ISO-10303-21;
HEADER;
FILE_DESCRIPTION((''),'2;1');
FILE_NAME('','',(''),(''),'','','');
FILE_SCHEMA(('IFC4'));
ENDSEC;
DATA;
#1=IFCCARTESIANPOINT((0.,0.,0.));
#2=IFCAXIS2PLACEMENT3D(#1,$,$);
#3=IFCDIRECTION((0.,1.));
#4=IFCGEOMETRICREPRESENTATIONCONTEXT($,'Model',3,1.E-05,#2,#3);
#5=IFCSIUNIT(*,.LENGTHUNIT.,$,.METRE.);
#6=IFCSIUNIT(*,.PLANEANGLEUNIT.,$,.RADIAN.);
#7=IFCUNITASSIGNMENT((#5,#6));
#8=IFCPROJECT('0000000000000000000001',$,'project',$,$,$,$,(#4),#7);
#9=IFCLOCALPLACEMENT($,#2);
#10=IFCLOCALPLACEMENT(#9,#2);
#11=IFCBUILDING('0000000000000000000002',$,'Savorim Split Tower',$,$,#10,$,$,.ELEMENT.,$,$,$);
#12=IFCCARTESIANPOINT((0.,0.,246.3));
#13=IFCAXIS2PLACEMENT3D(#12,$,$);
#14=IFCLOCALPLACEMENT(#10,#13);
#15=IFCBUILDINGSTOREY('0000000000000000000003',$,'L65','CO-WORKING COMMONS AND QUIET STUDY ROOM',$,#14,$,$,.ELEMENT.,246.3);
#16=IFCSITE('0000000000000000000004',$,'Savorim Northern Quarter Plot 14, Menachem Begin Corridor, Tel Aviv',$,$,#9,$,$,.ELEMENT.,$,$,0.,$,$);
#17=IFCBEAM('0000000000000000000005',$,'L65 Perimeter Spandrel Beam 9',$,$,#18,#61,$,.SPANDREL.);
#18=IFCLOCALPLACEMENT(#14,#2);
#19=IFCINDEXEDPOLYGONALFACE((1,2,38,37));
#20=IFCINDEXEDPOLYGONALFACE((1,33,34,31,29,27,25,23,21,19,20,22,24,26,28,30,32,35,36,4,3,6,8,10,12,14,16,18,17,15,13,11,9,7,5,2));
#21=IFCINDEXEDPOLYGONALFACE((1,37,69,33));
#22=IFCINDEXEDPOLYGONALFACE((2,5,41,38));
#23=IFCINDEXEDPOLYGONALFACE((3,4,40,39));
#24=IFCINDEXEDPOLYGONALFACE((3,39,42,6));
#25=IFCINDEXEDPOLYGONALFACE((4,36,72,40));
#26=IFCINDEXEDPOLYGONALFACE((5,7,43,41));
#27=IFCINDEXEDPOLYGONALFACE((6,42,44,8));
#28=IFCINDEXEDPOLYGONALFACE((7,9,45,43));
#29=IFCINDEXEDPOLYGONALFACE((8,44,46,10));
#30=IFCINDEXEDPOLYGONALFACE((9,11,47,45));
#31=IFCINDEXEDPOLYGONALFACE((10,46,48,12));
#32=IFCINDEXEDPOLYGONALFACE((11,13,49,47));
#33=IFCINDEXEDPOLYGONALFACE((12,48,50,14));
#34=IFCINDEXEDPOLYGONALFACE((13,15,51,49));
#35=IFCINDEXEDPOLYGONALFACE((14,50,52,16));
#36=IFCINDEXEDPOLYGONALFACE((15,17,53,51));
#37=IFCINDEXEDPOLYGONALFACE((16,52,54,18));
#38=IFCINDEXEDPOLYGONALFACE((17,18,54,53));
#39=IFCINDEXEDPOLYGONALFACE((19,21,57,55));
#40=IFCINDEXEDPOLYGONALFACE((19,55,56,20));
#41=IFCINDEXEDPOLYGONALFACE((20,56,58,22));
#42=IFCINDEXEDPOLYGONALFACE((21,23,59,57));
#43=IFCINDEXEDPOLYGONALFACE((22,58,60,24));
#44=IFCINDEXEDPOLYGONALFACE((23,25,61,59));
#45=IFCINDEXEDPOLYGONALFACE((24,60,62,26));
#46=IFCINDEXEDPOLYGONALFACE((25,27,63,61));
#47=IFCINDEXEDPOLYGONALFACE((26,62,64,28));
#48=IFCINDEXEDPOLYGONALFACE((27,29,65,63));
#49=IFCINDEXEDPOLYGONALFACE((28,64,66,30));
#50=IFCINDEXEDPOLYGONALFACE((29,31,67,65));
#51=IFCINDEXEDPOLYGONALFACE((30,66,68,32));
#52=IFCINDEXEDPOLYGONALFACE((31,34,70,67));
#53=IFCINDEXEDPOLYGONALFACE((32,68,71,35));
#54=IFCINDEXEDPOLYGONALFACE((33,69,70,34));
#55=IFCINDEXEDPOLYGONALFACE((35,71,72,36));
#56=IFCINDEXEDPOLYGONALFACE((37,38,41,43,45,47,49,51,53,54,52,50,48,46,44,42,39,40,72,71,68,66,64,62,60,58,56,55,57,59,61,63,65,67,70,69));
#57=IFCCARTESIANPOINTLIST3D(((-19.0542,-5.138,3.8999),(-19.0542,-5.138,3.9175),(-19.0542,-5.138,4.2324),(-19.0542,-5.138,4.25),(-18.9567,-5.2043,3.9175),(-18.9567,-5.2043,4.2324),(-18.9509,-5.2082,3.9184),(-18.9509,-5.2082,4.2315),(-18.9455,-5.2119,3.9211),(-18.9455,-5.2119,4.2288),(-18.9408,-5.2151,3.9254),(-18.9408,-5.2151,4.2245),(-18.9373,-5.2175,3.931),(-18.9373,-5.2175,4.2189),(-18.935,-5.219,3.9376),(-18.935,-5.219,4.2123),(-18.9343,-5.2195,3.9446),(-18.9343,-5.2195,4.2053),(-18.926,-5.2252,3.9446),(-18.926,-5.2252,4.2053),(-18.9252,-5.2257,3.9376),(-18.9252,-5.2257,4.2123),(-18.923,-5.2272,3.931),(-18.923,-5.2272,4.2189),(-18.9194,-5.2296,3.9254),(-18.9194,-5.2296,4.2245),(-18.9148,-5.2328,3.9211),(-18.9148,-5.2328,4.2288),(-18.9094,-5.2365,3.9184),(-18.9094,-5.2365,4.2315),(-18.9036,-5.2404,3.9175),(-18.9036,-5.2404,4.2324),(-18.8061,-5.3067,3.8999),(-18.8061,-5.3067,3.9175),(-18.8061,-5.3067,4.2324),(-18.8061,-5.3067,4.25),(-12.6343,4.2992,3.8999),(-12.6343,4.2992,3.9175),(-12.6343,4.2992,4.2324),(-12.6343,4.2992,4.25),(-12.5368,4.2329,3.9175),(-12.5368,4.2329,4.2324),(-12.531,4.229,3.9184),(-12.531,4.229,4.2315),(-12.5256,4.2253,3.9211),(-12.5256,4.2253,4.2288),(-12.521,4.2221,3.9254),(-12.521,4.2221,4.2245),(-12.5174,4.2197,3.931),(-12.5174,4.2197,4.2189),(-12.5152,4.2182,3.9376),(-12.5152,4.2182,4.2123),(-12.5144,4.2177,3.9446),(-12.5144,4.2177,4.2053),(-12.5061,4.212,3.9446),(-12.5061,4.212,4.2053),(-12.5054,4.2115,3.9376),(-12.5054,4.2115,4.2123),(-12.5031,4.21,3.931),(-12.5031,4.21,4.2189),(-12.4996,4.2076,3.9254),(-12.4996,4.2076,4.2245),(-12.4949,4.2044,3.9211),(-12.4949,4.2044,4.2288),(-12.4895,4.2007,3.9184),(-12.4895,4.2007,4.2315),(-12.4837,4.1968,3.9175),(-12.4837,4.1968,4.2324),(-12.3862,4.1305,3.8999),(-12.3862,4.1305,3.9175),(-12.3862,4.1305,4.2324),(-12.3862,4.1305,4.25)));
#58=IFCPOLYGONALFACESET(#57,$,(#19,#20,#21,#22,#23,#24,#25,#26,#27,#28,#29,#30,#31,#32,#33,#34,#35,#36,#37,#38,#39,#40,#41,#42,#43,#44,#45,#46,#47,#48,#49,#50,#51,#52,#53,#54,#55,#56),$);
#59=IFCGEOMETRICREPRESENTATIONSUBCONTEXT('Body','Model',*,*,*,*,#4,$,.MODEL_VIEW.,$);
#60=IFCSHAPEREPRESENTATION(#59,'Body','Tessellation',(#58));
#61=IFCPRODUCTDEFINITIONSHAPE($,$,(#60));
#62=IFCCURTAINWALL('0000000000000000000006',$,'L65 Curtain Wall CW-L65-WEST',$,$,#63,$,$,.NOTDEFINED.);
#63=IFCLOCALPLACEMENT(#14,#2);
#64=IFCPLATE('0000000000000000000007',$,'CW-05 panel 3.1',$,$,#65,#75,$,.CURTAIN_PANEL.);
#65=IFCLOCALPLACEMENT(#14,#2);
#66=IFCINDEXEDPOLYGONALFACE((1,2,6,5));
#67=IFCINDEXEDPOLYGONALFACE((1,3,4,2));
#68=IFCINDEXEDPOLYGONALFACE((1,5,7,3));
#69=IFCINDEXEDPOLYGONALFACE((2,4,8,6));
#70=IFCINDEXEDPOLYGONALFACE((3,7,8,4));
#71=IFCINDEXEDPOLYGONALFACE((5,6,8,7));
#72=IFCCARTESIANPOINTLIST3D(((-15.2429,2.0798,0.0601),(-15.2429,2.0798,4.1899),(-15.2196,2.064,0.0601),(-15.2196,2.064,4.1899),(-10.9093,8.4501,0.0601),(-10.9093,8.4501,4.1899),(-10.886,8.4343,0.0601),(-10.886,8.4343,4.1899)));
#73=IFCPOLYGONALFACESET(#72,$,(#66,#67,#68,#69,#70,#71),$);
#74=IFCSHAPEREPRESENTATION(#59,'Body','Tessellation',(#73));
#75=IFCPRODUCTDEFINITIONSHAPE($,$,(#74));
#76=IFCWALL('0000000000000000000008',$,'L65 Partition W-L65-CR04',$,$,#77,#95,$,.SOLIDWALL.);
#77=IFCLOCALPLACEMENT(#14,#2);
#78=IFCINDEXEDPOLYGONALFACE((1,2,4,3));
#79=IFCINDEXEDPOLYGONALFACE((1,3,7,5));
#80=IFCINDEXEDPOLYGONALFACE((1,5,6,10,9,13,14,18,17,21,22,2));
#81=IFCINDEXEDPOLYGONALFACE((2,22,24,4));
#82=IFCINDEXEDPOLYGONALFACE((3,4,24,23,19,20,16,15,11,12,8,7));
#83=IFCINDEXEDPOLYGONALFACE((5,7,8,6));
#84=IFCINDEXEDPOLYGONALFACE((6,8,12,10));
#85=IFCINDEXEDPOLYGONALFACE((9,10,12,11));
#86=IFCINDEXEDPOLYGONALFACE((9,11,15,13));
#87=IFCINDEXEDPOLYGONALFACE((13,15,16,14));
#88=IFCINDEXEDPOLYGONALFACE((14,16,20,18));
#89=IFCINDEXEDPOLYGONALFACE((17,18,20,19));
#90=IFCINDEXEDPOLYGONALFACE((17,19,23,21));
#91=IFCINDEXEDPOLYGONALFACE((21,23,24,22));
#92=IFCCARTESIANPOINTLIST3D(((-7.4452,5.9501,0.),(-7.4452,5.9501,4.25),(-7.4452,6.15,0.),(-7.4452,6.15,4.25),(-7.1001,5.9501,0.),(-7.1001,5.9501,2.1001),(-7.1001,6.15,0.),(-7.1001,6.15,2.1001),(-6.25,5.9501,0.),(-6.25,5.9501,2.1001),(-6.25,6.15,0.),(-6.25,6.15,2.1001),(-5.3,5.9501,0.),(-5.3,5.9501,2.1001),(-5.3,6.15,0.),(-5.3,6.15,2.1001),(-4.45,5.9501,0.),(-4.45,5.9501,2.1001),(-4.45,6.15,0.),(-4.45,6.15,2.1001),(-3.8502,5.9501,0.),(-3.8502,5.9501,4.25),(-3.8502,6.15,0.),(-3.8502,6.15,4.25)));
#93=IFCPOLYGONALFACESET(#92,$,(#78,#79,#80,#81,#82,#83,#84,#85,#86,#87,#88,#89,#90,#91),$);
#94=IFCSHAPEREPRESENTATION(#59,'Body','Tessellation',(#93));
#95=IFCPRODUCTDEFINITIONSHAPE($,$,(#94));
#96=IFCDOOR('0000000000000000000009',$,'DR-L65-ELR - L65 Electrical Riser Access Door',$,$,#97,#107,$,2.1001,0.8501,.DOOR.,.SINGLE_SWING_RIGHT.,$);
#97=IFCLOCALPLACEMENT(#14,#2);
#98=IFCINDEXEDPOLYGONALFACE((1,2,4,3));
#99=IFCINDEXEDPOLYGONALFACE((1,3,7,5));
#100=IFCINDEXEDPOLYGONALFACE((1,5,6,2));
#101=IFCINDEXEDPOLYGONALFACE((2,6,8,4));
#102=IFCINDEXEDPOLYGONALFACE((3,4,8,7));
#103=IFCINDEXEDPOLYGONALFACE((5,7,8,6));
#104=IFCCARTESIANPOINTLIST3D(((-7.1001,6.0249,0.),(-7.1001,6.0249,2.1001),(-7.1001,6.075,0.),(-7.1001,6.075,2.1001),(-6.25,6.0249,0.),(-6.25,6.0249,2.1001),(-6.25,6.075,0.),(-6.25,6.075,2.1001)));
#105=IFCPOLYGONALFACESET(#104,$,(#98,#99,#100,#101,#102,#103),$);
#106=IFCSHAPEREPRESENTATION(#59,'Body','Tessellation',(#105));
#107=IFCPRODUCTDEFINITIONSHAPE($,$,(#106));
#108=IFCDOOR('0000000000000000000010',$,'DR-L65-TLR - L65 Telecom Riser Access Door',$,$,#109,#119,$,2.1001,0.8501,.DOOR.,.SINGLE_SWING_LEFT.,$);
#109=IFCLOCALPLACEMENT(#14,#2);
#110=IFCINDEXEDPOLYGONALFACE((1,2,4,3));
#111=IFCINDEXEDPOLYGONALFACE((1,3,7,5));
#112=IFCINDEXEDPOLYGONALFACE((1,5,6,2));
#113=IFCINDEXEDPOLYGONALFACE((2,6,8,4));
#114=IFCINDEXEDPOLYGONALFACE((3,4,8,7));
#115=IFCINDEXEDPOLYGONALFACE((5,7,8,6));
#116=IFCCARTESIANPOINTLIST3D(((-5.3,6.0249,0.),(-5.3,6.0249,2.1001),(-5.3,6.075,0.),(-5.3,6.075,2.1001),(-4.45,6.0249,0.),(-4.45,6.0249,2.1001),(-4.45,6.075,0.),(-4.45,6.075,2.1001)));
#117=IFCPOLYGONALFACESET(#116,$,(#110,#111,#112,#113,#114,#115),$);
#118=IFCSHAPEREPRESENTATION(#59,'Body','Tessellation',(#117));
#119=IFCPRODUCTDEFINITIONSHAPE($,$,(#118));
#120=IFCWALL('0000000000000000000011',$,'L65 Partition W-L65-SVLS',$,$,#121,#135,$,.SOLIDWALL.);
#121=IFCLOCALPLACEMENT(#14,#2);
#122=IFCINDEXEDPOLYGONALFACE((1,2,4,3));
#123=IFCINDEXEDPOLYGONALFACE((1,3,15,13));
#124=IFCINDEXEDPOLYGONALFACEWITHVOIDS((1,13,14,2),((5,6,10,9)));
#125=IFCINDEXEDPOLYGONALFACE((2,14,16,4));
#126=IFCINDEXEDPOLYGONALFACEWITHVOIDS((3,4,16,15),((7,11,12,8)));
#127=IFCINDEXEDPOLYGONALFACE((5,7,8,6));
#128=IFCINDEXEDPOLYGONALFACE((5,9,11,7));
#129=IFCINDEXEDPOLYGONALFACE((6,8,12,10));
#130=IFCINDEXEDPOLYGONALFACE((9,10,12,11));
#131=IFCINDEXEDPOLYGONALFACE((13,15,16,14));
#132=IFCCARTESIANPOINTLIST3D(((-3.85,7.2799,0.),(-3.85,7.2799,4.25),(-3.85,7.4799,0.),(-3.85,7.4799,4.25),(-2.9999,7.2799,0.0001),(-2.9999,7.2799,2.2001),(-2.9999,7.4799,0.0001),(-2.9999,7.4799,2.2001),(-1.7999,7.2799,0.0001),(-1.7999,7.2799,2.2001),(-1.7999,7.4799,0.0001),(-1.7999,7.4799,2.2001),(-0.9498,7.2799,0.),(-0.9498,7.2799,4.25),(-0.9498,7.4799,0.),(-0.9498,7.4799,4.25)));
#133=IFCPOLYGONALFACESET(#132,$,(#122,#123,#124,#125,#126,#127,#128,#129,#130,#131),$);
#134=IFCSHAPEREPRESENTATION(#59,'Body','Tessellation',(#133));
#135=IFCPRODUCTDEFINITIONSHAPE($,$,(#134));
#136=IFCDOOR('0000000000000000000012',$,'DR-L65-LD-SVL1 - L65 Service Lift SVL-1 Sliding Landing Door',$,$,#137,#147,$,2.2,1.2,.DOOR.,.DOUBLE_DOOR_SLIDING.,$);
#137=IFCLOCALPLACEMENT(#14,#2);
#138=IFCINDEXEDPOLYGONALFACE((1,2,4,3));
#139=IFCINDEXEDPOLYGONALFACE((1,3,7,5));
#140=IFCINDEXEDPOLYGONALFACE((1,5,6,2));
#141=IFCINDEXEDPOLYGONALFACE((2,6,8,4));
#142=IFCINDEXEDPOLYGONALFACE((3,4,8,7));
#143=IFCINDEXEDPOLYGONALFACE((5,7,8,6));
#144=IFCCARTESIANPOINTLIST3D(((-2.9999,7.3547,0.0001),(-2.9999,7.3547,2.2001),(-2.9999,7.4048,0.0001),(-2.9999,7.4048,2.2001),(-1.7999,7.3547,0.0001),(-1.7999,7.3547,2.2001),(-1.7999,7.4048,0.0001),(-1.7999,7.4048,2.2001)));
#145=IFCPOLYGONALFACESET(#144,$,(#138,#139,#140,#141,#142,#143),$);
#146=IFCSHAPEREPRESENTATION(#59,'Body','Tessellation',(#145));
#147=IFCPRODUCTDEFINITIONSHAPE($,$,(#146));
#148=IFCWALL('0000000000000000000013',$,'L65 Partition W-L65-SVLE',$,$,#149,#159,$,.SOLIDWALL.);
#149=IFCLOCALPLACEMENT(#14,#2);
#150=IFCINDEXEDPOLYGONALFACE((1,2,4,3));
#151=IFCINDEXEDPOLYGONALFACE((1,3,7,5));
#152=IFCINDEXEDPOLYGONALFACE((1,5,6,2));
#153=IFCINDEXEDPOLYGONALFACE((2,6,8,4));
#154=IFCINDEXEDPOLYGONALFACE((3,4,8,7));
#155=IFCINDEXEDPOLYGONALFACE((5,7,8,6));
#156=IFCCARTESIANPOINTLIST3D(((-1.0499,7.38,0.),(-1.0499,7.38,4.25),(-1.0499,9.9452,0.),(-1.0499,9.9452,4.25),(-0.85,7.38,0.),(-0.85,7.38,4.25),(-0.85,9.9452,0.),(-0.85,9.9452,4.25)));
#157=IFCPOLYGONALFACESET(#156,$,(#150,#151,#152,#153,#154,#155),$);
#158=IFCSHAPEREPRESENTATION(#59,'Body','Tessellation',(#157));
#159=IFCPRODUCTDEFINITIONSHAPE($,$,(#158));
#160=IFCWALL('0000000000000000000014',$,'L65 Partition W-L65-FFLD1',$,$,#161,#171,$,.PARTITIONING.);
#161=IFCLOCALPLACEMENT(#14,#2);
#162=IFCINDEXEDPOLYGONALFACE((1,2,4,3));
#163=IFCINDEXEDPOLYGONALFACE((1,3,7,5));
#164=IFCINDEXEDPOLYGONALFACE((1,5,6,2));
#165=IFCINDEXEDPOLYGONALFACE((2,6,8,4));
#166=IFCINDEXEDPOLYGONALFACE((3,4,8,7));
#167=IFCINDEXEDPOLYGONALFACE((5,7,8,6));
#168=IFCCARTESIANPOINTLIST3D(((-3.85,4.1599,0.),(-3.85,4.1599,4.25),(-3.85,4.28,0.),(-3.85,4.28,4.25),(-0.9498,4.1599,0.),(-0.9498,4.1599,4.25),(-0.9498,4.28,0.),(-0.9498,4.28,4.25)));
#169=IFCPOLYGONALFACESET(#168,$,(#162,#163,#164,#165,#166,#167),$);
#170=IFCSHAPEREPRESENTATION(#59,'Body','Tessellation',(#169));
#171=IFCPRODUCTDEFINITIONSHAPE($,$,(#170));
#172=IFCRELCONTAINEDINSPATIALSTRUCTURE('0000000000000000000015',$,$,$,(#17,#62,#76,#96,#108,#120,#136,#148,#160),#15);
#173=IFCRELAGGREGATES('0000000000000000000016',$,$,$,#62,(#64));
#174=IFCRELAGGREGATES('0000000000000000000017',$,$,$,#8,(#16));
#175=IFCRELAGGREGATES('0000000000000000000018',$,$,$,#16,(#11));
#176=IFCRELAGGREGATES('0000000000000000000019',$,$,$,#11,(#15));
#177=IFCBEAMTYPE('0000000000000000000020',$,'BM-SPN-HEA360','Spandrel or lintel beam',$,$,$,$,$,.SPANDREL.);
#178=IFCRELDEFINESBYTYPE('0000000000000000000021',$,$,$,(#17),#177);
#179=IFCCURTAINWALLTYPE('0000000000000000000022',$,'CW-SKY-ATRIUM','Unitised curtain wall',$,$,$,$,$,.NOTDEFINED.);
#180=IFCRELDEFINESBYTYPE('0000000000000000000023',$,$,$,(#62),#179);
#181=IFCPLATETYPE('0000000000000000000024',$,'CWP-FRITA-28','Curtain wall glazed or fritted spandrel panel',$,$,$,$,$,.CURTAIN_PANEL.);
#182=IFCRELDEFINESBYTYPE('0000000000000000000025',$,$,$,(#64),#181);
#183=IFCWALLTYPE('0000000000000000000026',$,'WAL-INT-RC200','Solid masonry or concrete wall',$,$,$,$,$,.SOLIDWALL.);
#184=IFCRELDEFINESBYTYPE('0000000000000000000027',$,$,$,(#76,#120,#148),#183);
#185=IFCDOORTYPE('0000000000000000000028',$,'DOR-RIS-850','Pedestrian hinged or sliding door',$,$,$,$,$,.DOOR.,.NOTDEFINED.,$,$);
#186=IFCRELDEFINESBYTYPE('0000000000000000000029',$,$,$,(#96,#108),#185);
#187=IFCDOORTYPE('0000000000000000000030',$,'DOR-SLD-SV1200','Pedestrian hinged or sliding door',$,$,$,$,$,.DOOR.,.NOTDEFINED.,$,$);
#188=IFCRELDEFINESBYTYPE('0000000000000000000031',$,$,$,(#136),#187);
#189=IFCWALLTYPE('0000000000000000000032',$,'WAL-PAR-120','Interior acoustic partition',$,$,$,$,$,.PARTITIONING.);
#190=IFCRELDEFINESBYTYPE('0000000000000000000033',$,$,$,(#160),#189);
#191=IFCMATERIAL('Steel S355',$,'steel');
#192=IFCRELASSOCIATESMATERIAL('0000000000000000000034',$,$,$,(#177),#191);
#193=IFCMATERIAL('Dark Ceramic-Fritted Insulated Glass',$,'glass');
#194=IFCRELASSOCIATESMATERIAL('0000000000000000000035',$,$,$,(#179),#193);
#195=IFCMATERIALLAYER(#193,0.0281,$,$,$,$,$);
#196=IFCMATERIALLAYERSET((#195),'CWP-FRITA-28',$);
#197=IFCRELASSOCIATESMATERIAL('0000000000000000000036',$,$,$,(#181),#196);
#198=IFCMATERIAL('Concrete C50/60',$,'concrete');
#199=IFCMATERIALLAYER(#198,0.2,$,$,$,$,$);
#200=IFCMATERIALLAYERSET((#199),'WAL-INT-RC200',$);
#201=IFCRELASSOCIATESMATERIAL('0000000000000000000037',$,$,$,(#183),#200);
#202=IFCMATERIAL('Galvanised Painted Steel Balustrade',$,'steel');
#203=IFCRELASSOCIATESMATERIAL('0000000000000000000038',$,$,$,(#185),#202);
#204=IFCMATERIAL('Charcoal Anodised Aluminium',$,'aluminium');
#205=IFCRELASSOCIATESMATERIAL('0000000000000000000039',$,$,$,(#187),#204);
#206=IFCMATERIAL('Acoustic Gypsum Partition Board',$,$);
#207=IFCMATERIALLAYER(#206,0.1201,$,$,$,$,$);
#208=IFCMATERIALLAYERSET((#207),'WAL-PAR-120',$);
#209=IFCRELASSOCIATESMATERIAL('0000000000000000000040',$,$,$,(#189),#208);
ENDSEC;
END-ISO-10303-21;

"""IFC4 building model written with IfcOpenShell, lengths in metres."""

from ifc_helpers import new_model, si_unit, direction, frame, frame_2d, origin, origin_2d, place, context, subcontext, project, spatial, rectangle, i_section, extrude, material, layer, layer_set, material_profile, profile_set, type_object, element, fill, aggregate, save


model = new_model("IFC4")

# Units and contexts
model_context = context("Model", 3, precision=1e-05, world=origin(), true_north=direction((0.0, 1.0)))
body_context = subcontext(model_context, "Body", "Model", "MODEL_VIEW")
ifc_project = project(units=[si_unit("LENGTHUNIT", "METRE"), si_unit("PLANEANGLEUNIT", "RADIAN")], contexts=[model_context])

# Site, building, storey
site_placement = place(None, origin())
site = spatial("IfcSite", under=ifc_project, at=site_placement, Name="Savorim Northern Quarter Plot 14, Menachem Begin Corridor, Tel Aviv", CompositionType="ELEMENT", RefElevation=0.0)
building_placement = place(site_placement, origin())
building = spatial("IfcBuilding", under=site, at=building_placement, Name="Savorim Split Tower", CompositionType="ELEMENT")
storey_placement = place(building_placement, frame((0.0, 0.0, 246.3)))
storey = spatial("IfcBuildingStorey", under=building, at=storey_placement, Name="L65", Description="CO-WORKING COMMONS AND QUIET STUDY ROOM", CompositionType="ELEMENT", Elevation=246.3)

# Shared definitions
ifc_material_1 = material(Name="Steel S355", Category="steel")

# Beam
ifc_material_profile_1 = material_profile(ifc_material_1, i_section(OverallWidth=0.3, OverallDepth=0.3501, WebThickness=0.01, FlangeThickness=0.0176, FilletRadius=0.0271, at=origin_2d()), Name="HEA 360")
ifc_profile_set_1 = profile_set([ifc_material_profile_1], Name="Steel S355")
beam_type_1 = type_object("IfcBeamType", Name="BM-SPN-HEA360", Description="Spandrel or lintel beam", PredefinedType="SPANDREL", material=ifc_profile_set_1)
beam_1_placement = place(storey_placement, frame((-12.5103, 4.2148, 4.075), z_axis=(-0.562465, -0.826821, 0.0), x_axis=(0.826821, -0.562465, 0.0)))
element("IfcBeam", 1, at=beam_1_placement, inside=storey, type_object=beam_type_1, Name="L65 Perimeter Spandrel Beam 9", PredefinedType="SPANDREL", context=body_context, shape_type="SweptSolid", body=[
    extrude(i_section(OverallWidth=0.3, OverallDepth=0.3501, WebThickness=0.01, FlangeThickness=0.0176, FilletRadius=0.0271, at=origin_2d()), origin(), (0.0, 0.0, 1.0), 11.4138),
])

# Curtain wall, plate
ifc_material_2 = material(Name="Dark Ceramic-Fritted Insulated Glass", Category="glass")
curtain_wall_type = type_object("IfcCurtainWallType", Name="CW-SKY-ATRIUM", Description="Unitised curtain wall", PredefinedType="NOTDEFINED", material=ifc_material_2)
curtain_wall_placement = place(storey_placement, origin())
curtain_wall = element("IfcCurtainWall", 2, at=curtain_wall_placement, inside=storey, type_object=curtain_wall_type, Name="L65 Curtain Wall CW-L65-WEST", PredefinedType="NOTDEFINED")
ifc_layer_1 = layer(ifc_material_2, 0.0281)
ifc_layer_set_1 = layer_set([ifc_layer_1], Name="CWP-FRITA-28")
plate_type = type_object("IfcPlateType", Name="CWP-FRITA-28", Description="Curtain wall glazed or fritted spandrel panel", PredefinedType="CURTAIN_PANEL", material=ifc_layer_set_1)
plate_placement = place(storey_placement, frame((-13.0645, 5.2571, 0.0601), z_axis=(0.0, 0.0, 1.0), x_axis=(-0.562469, -0.826818, 0.0)))
plate = element("IfcPlate", 3, at=plate_placement, type_object=plate_type, Name="CW-05 panel 3.1", PredefinedType="CURTAIN_PANEL", context=body_context, shape_type="SweptSolid", body=[
    extrude(rectangle(XDim=7.7046, YDim=0.0281, at=origin_2d()), origin(), (0.0, 0.0, 1.0), 4.1299),
])
aggregate(curtain_wall, [plate])

# Wall, openings, doors
ifc_material_3 = material(Name="Concrete C50/60", Category="concrete")
ifc_layer_2 = layer(ifc_material_3, 0.2)
ifc_layer_set_2 = layer_set([ifc_layer_2], Name="WAL-INT-RC200")
wall_type_1 = type_object("IfcWallType", Name="WAL-INT-RC200", Description="Solid masonry or concrete wall", PredefinedType="SOLIDWALL", material=ifc_layer_set_2)
wall_1_placement = place(storey_placement, frame((-7.4451, 6.05, 0.0), z_axis=(0.0, 0.0, 1.0), x_axis=(1.0, 0.0, 0.0)))
wall_1 = element("IfcWall", 4, at=wall_1_placement, inside=storey, type_object=wall_type_1, Name="L65 Partition W-L65-CR04", PredefinedType="SOLIDWALL", context=body_context, shape_type="SweptSolid", body=[
    extrude(rectangle(XDim=3.595, YDim=0.2, at=frame_2d((1.7974, 0.0))), origin(), (0.0, 0.0, 1.0), 4.25),
])
opening_1_placement = place(wall_1_placement, frame((0.345, 0.0, 0.0)))
opening_1 = element("IfcOpeningElement", 5, at=opening_1_placement, cuts=wall_1, PredefinedType="OPENING", context=body_context, shape_type="SweptSolid", body=[
    extrude(rectangle(XDim=0.8501, YDim=2.1001, at=frame_2d((0.425, 1.05))), frame((0.0, 0.1099, 0.0), z_axis=(0.0, -1.0, 0.0), x_axis=(1.0, 0.0, 0.0)), (0.0, 0.0, 1.0), 0.22),
])
opening_2_placement = place(wall_1_placement, frame((2.145, 0.0, 0.0)))
opening_2 = element("IfcOpeningElement", 6, at=opening_2_placement, cuts=wall_1, PredefinedType="OPENING", context=body_context, shape_type="SweptSolid", body=[
    extrude(rectangle(XDim=0.8501, YDim=2.1001, at=frame_2d((0.425, 1.05))), frame((0.0, 0.1099, 0.0), z_axis=(0.0, -1.0, 0.0), x_axis=(1.0, 0.0, 0.0)), (0.0, 0.0, 1.0), 0.22),
])
ifc_material_4 = material(Name="Galvanised Painted Steel Balustrade", Category="steel")
door_type_1 = type_object("IfcDoorType", Name="DOR-RIS-850", Description="Pedestrian hinged or sliding door", OperationType="NOTDEFINED", PredefinedType="DOOR", material=ifc_material_4)
door_1_placement = place(opening_1_placement, origin())
door_1 = element("IfcDoor", 7, at=door_1_placement, inside=storey, type_object=door_type_1, Name="DR-L65-ELR - L65 Electrical Riser Access Door", OperationType="SINGLE_SWING_RIGHT", OverallHeight=2.1001, OverallWidth=0.8501, PredefinedType="DOOR", context=body_context, shape_type="SweptSolid", body=[
    extrude(rectangle(XDim=0.8501, YDim=2.1001, at=frame_2d((0.425, 1.05))), frame((0.0, 0.0249, 0.0), z_axis=(0.0, -1.0, 0.0), x_axis=(1.0, 0.0, 0.0)), (0.0, 0.0, 1.0), 0.05),
])
fill(opening_1, door_1)
door_2_placement = place(opening_2_placement, origin())
door_2 = element("IfcDoor", 8, at=door_2_placement, inside=storey, type_object=door_type_1, Name="DR-L65-TLR - L65 Telecom Riser Access Door", OperationType="SINGLE_SWING_LEFT", OverallHeight=2.1001, OverallWidth=0.8501, PredefinedType="DOOR", context=body_context, shape_type="SweptSolid", body=[
    extrude(rectangle(XDim=0.8501, YDim=2.1001, at=frame_2d((0.425, 1.05))), frame((0.0, 0.0249, 0.0), z_axis=(0.0, -1.0, 0.0), x_axis=(1.0, 0.0, 0.0)), (0.0, 0.0, 1.0), 0.05),
])
fill(opening_2, door_2)

# Wall, opening, door
wall_2_placement = place(storey_placement, frame((-3.8501, 7.3799, 0.0), z_axis=(0.0, 0.0, 1.0), x_axis=(1.0, 0.0, 0.0)))
wall_2 = element("IfcWall", 9, at=wall_2_placement, inside=storey, type_object=wall_type_1, Name="L65 Partition W-L65-SVLS", PredefinedType="SOLIDWALL", context=body_context, shape_type="SweptSolid", body=[
    extrude(rectangle(XDim=2.9001, YDim=0.2, at=frame_2d((1.4502, 0.0))), origin(), (0.0, 0.0, 1.0), 4.25),
])
opening_3_placement = place(wall_2_placement, frame((0.8501, 0.0, 0.0)))
opening_3 = element("IfcOpeningElement", 10, at=opening_3_placement, cuts=wall_2, PredefinedType="OPENING", context=body_context, shape_type="SweptSolid", body=[
    extrude(rectangle(XDim=1.2, YDim=2.2, at=frame_2d((0.6001, 1.1001))), frame((0.0, 0.1099, 0.0), z_axis=(0.0, -1.0, 0.0), x_axis=(1.0, 0.0, 0.0)), (0.0, 0.0, 1.0), 0.22),
])
ifc_material_5 = material(Name="Charcoal Anodised Aluminium", Category="aluminium")
door_type_2 = type_object("IfcDoorType", Name="DOR-SLD-SV1200", Description="Pedestrian hinged or sliding door", OperationType="NOTDEFINED", PredefinedType="DOOR", material=ifc_material_5)
door_3_placement = place(opening_3_placement, origin())
door_3 = element("IfcDoor", 11, at=door_3_placement, inside=storey, type_object=door_type_2, Name="DR-L65-LD-SVL1 - L65 Service Lift SVL-1 Sliding Landing Door", OperationType="DOUBLE_DOOR_SLIDING", OverallHeight=2.2, OverallWidth=1.2, PredefinedType="DOOR", context=body_context, shape_type="SweptSolid", body=[
    extrude(rectangle(XDim=1.2, YDim=2.2, at=frame_2d((0.6001, 1.1001))), frame((0.0, 0.0249, 0.0), z_axis=(0.0, -1.0, 0.0), x_axis=(1.0, 0.0, 0.0)), (0.0, 0.0, 1.0), 0.05),
])
fill(opening_3, door_3)

# Walls
wall_3_placement = place(storey_placement, frame((-0.95, 7.3799, 0.0), z_axis=(0.0, 0.0, 1.0), x_axis=(0.0, 1.0, 0.0)))
element("IfcWall", 12, at=wall_3_placement, inside=storey, type_object=wall_type_1, Name="L65 Partition W-L65-SVLE", PredefinedType="SOLIDWALL", context=body_context, shape_type="SweptSolid", body=[
    extrude(rectangle(XDim=2.5652, YDim=0.2, at=frame_2d((1.2827, 0.0))), origin(), (0.0, 0.0, 1.0), 4.25),
])
ifc_material_6 = material(Name="Acoustic Gypsum Partition Board")
ifc_layer_3 = layer(ifc_material_6, 0.1201)
ifc_layer_set_3 = layer_set([ifc_layer_3], Name="WAL-PAR-120")
wall_type_2 = type_object("IfcWallType", Name="WAL-PAR-120", Description="Interior acoustic partition", PredefinedType="PARTITIONING", material=ifc_layer_set_3)
wall_4_placement = place(storey_placement, frame((-3.8501, 4.22, 0.0), z_axis=(0.0, 0.0, 1.0), x_axis=(1.0, 0.0, 0.0)))
element("IfcWall", 13, at=wall_4_placement, inside=storey, type_object=wall_type_2, Name="L65 Partition W-L65-FFLD1", PredefinedType="PARTITIONING", context=body_context, shape_type="SweptSolid", body=[
    extrude(rectangle(XDim=2.9001, YDim=0.1201, at=frame_2d((1.4502, 0.0))), origin(), (0.0, 0.0, 1.0), 4.25),
])

save(model, "model.ifc")
